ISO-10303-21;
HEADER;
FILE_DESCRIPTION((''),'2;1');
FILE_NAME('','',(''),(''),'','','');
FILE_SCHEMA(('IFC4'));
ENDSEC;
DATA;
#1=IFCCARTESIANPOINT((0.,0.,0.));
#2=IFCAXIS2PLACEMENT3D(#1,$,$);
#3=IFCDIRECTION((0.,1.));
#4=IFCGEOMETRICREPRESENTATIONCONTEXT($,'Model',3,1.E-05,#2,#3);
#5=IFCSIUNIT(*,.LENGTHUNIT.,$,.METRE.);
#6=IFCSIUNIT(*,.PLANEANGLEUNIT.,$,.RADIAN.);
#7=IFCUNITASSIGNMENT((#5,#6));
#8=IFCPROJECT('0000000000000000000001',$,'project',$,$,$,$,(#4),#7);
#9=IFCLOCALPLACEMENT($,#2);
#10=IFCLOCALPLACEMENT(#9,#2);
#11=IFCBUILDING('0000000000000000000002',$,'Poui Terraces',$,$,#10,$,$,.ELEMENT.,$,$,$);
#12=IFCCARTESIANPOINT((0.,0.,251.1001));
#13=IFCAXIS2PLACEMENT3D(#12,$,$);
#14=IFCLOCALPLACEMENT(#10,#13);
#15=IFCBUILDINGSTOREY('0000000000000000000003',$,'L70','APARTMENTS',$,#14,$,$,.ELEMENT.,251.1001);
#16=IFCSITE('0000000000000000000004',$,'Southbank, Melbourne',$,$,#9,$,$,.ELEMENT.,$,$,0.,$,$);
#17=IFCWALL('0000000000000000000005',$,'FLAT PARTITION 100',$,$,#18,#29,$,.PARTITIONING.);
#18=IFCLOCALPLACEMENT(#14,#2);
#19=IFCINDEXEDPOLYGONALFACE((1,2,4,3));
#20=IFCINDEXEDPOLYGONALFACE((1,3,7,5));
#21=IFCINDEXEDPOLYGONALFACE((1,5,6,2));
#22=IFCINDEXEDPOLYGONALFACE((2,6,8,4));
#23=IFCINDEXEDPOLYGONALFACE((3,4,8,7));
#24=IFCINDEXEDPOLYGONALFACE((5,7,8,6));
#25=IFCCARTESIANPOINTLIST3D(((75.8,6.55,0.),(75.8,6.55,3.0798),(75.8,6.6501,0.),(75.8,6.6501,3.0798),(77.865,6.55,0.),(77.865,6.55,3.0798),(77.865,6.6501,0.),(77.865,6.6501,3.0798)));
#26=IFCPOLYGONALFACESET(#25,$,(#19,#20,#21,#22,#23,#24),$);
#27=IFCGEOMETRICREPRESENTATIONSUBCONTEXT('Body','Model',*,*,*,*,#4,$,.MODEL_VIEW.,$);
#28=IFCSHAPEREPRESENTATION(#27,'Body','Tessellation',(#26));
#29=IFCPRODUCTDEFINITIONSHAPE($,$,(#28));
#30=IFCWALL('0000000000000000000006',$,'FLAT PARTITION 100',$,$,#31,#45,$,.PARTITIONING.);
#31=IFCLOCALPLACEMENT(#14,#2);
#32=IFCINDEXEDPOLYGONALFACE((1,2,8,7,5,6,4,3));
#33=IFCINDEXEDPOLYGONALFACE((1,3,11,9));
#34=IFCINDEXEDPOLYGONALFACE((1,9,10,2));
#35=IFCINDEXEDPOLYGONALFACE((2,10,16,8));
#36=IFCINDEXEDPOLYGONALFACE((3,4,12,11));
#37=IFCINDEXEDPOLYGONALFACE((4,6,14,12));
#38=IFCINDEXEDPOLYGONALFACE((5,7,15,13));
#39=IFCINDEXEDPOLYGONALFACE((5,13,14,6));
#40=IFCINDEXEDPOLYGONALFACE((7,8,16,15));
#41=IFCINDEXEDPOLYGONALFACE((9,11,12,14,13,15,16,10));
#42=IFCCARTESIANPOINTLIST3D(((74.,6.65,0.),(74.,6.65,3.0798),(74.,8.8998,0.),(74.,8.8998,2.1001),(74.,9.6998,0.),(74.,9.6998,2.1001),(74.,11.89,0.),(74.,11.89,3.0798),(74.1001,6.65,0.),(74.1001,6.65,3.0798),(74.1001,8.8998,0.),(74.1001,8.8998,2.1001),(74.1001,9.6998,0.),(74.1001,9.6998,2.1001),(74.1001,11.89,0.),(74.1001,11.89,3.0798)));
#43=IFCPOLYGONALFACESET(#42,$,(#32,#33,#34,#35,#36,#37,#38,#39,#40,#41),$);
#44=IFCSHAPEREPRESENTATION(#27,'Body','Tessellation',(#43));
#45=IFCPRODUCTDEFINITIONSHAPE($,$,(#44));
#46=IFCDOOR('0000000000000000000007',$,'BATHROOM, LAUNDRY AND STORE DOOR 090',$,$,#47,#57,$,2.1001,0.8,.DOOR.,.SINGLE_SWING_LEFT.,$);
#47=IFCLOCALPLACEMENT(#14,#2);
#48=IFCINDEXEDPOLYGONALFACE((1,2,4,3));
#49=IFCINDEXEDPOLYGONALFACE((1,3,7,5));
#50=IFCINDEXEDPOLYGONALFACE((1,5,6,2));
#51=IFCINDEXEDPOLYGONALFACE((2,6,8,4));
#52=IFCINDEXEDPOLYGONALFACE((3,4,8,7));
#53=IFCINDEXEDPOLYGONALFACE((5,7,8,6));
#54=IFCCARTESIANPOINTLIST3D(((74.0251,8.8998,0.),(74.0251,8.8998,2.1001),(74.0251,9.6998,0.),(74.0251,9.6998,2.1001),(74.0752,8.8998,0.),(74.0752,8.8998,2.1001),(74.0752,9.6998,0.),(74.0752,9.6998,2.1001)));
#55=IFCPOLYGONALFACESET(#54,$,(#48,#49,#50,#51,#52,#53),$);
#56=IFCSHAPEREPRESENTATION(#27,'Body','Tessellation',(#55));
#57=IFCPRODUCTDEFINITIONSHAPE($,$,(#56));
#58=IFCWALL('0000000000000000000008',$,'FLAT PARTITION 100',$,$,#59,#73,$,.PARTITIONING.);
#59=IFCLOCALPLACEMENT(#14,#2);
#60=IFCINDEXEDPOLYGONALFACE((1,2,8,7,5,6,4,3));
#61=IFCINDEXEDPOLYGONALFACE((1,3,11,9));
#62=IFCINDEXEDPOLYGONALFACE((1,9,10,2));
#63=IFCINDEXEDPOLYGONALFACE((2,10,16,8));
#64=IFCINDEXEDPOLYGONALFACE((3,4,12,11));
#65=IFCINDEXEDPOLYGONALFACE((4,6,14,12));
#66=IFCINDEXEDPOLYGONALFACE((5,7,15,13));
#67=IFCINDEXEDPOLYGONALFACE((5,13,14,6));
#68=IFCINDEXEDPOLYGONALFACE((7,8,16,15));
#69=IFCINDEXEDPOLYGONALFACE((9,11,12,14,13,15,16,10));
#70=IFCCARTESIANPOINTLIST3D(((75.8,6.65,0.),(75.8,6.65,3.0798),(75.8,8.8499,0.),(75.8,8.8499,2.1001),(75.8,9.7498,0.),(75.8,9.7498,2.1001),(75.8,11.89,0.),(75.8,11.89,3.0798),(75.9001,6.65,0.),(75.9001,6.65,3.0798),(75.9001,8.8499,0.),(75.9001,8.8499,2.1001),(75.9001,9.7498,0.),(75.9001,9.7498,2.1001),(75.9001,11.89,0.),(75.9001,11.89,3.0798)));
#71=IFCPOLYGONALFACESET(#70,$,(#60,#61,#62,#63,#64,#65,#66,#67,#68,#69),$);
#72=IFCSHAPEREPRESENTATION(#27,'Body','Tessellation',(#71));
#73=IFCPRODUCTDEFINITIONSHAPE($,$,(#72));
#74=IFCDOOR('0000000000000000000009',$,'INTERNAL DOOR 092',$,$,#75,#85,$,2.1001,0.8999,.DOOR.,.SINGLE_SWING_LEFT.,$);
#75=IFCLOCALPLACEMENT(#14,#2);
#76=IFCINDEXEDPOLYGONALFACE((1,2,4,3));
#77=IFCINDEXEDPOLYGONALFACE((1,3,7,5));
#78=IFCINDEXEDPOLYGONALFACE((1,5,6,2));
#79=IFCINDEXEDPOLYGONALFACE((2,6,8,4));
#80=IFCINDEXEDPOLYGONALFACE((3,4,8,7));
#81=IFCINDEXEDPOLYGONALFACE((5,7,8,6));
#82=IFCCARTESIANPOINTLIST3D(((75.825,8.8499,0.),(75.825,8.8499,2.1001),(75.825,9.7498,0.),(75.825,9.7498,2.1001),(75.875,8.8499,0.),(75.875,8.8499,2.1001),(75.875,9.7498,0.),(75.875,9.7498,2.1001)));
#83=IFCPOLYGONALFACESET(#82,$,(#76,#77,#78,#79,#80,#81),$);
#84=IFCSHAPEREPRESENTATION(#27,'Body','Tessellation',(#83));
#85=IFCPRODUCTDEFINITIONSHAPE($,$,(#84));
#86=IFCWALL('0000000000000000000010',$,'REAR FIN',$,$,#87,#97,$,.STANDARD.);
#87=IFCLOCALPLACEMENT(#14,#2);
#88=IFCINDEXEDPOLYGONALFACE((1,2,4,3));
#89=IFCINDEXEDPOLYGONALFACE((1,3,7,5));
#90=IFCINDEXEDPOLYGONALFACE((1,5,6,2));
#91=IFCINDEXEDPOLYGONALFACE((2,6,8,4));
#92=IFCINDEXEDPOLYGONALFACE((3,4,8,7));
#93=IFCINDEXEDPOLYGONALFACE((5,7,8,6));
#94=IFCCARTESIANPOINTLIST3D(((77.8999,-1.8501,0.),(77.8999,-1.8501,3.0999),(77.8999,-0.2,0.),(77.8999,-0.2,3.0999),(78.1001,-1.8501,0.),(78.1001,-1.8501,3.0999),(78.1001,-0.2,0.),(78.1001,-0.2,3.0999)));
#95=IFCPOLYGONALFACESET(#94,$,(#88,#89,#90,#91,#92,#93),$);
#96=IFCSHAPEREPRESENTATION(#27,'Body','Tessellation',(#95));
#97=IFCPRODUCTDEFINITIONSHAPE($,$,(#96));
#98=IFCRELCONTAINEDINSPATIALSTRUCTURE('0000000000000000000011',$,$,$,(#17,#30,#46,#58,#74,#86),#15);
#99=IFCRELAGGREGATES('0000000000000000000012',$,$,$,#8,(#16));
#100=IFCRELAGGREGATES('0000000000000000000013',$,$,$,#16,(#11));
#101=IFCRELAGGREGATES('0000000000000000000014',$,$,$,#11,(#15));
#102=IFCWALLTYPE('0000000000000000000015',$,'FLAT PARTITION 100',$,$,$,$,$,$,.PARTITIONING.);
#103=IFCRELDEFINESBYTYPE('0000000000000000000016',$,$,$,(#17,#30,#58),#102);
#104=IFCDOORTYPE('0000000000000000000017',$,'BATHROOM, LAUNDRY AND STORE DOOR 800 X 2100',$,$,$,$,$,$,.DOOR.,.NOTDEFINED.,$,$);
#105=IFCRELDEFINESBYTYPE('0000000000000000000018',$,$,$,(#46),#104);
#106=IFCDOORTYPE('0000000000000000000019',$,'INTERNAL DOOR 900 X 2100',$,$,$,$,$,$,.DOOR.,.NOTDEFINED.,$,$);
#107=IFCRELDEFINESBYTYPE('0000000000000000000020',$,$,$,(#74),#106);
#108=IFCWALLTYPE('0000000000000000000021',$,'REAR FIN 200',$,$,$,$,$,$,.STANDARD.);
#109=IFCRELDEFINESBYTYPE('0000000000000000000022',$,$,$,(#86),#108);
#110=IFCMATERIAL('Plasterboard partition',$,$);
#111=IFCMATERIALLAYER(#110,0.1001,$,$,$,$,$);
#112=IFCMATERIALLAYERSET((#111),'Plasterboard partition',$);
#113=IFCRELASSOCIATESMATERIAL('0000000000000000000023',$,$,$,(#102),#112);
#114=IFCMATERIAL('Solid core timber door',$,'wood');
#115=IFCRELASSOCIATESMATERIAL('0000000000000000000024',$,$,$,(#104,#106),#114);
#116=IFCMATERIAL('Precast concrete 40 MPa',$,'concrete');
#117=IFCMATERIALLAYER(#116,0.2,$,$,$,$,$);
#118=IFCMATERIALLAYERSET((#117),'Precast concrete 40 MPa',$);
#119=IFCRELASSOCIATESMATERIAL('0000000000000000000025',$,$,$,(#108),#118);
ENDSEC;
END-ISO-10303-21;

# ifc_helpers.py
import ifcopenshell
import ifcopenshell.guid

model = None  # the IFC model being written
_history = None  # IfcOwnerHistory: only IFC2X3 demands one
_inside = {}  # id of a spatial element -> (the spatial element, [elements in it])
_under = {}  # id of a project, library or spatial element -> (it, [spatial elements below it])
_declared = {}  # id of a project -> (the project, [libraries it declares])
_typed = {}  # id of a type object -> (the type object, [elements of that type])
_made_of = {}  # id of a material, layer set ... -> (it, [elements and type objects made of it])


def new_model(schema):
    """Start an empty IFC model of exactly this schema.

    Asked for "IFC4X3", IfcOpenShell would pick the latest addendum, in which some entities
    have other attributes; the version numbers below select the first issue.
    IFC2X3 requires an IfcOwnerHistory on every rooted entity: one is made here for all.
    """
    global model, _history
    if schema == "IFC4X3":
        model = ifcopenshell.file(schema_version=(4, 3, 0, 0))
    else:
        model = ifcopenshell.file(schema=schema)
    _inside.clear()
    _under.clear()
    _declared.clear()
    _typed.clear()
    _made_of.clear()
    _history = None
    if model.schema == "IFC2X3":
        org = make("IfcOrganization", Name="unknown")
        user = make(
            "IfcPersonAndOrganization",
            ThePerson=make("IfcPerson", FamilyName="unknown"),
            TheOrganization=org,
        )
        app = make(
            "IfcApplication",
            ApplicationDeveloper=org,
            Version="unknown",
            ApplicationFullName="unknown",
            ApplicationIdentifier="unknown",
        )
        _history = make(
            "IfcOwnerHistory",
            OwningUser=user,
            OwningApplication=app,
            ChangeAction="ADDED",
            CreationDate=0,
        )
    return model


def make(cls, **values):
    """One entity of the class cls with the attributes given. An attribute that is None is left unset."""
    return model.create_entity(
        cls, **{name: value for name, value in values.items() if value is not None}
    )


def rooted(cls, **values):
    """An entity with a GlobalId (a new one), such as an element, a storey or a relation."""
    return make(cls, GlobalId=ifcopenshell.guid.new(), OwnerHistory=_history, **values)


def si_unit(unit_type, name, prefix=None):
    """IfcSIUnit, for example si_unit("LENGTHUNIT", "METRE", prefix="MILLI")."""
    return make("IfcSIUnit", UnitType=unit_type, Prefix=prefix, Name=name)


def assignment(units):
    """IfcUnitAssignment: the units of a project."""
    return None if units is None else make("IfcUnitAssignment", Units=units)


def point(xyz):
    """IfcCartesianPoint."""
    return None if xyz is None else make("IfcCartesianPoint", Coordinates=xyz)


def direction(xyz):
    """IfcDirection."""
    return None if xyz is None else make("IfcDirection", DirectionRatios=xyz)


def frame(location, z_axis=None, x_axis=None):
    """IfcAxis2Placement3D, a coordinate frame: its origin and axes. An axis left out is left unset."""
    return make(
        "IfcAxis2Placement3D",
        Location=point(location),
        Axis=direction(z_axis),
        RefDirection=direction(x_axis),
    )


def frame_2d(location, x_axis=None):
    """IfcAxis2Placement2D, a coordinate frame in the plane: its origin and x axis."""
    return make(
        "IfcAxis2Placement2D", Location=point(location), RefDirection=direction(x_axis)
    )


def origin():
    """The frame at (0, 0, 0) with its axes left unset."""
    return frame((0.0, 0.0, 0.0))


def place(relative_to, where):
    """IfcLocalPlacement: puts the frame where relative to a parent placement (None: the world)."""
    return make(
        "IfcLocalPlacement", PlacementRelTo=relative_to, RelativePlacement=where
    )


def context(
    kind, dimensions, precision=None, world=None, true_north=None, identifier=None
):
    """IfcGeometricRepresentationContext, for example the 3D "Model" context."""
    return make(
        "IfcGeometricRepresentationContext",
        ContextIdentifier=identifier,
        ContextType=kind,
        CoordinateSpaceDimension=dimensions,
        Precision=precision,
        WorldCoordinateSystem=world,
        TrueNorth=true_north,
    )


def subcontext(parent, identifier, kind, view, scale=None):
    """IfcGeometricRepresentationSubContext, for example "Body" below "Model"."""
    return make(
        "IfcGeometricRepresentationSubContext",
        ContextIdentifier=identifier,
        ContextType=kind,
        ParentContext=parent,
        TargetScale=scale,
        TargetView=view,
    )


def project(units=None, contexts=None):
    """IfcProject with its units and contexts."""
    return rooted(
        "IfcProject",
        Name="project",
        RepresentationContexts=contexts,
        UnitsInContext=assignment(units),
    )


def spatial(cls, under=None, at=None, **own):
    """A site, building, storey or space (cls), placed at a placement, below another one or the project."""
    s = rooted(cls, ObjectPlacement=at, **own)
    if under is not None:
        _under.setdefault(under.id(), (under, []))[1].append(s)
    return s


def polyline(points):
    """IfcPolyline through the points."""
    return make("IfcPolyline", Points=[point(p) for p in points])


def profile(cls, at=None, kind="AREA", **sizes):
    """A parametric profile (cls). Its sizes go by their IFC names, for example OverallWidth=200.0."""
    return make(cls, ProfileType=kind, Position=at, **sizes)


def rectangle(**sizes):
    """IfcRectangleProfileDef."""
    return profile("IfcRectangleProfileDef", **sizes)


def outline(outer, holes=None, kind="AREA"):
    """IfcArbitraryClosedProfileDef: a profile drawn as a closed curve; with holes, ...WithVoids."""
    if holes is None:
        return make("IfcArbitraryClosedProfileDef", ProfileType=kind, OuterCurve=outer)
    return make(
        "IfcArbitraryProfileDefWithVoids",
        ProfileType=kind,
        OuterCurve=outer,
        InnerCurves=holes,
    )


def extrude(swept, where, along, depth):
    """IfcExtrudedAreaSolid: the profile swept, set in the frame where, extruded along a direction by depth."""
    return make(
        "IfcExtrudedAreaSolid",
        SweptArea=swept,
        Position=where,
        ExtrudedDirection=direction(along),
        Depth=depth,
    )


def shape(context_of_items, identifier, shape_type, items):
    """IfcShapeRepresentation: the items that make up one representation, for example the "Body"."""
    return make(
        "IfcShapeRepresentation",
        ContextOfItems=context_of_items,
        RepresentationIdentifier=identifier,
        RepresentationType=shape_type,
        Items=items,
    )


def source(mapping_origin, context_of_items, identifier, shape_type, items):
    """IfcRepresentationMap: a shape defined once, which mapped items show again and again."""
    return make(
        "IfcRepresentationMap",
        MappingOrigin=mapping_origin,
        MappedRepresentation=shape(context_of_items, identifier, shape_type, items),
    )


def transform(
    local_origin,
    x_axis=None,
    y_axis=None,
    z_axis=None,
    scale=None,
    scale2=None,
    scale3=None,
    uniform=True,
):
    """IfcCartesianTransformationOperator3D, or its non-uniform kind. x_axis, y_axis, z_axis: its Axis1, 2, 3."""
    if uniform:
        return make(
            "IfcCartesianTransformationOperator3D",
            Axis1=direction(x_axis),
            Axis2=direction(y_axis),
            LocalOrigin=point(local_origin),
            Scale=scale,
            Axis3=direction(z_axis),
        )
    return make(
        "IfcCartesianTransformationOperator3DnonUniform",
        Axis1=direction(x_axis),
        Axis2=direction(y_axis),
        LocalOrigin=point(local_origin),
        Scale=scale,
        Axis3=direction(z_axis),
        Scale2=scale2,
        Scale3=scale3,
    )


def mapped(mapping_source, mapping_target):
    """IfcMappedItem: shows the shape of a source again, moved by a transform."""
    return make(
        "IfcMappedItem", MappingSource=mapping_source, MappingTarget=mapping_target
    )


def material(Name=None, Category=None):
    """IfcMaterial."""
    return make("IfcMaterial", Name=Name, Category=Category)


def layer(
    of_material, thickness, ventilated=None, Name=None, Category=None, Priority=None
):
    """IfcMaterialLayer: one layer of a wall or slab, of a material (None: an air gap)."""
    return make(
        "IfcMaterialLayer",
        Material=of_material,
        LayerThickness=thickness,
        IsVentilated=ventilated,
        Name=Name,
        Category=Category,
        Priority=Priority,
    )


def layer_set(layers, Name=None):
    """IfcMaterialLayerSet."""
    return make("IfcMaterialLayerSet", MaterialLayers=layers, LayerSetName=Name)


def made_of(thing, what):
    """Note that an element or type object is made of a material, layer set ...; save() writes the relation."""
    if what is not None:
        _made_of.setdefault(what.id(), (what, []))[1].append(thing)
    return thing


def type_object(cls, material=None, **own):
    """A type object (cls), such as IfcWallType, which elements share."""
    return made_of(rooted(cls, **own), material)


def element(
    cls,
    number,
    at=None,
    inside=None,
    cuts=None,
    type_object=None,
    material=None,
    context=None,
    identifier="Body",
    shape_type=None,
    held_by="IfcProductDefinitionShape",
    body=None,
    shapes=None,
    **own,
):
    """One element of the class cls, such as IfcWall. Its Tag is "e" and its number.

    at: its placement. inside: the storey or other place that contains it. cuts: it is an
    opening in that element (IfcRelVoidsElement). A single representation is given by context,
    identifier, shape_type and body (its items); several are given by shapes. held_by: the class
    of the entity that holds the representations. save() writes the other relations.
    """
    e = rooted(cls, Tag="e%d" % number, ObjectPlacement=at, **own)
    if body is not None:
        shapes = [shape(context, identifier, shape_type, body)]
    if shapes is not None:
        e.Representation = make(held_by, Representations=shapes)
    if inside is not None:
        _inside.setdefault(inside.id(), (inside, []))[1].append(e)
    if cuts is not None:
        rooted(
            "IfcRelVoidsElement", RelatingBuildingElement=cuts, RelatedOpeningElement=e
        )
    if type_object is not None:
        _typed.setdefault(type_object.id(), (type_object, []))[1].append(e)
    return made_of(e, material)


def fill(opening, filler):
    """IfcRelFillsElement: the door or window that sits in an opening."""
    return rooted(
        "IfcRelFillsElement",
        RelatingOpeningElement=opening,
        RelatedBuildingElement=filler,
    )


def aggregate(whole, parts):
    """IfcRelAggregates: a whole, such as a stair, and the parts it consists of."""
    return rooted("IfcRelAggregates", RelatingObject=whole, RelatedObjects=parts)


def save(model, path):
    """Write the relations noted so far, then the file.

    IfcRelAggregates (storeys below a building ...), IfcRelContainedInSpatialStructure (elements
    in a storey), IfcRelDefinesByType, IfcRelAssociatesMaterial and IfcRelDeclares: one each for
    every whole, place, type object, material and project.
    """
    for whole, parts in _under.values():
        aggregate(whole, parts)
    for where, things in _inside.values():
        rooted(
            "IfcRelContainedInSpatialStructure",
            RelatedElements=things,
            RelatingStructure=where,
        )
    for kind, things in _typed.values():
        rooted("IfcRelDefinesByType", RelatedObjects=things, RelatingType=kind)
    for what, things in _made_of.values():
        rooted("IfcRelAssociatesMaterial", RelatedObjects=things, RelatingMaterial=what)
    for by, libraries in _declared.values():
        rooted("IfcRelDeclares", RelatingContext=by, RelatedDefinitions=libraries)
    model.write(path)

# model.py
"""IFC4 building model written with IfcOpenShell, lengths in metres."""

from ifc_helpers import new_model, si_unit, direction, frame, frame_2d, origin, place, context, subcontext, project, spatial, polyline, rectangle, outline, extrude, source, transform, mapped, material, layer, layer_set, type_object, element, fill, save


model = new_model("IFC4")

# Units and contexts
model_context = context("Model", 3, precision=1e-05, world=origin(), true_north=direction((0.0, 1.0)))
body_context = subcontext(model_context, "Body", "Model", "MODEL_VIEW")
ifc_project = project(units=[si_unit("LENGTHUNIT", "METRE"), si_unit("PLANEANGLEUNIT", "RADIAN")], contexts=[model_context])

# Site, building, storey
site_placement = place(None, origin())
site = spatial("IfcSite", under=ifc_project, at=site_placement, Name="Southbank, Melbourne", CompositionType="ELEMENT", RefElevation=0.0)
building_placement = place(site_placement, origin())
building = spatial("IfcBuilding", under=site, at=building_placement, Name="Poui Terraces", CompositionType="ELEMENT")
storey_placement = place(building_placement, frame((0.0, 0.0, 251.1001)))
storey = spatial("IfcBuildingStorey", under=building, at=storey_placement, Name="L70", Description="APARTMENTS", CompositionType="ELEMENT", Elevation=251.1001)

# Wall
ifc_material_1 = material(Name="Plasterboard partition")
ifc_layer_1 = layer(ifc_material_1, 0.1001)
ifc_layer_set_1 = layer_set([ifc_layer_1], Name="Plasterboard partition")
wall_type_1 = type_object("IfcWallType", Name="FLAT PARTITION 100", PredefinedType="PARTITIONING", material=ifc_layer_set_1)
wall_1_placement = place(storey_placement, frame((75.8, 6.6001, 0.0), z_axis=(0.0, 0.0, 1.0), x_axis=(1.0, 0.0, 0.0)))
element("IfcWall", 1, at=wall_1_placement, inside=storey, type_object=wall_type_1, Name="FLAT PARTITION 100", PredefinedType="PARTITIONING", context=body_context, shape_type="SweptSolid", body=[
    extrude(rectangle(XDim=2.0649, YDim=0.1001, at=frame_2d((1.0325, 0.0))), origin(), (0.0, 0.0, 1.0), 3.0798),
])

# Walls, openings, doors
wall_2_placement = place(storey_placement, frame((74.05, 6.6499, 0.0), z_axis=(0.0, 0.0, 1.0), x_axis=(0.0, 1.0, 0.0)))
wall_2 = element("IfcWall", 2, at=wall_2_placement, inside=storey, type_object=wall_type_1, Name="FLAT PARTITION 100", PredefinedType="PARTITIONING", context=body_context, shape_type="SweptSolid", body=[
    extrude(rectangle(XDim=5.24, YDim=0.1001, at=frame_2d((2.6201, 0.0))), origin(), (0.0, 0.0, 1.0), 3.0798),
])
opening_1_placement = place(wall_2_placement, frame((2.25, 0.0, 0.0)))
opening_1 = element("IfcOpeningElement", 3, at=opening_1_placement, cuts=wall_2, PredefinedType="OPENING", context=body_context, shape_type="SweptSolid", body=[
    extrude(rectangle(XDim=0.8, YDim=2.1001, at=frame_2d((0.3999, 1.05))), frame((0.0, 0.0601, 0.0), z_axis=(0.0, -1.0, 0.0), x_axis=(1.0, 0.0, 0.0)), (0.0, 0.0, 1.0), 0.1201),
])
ifc_material_2 = material(Name="Solid core timber door", Category="wood")
door_type_1 = type_object("IfcDoorType", Name="BATHROOM, LAUNDRY AND STORE DOOR 800 X 2100", OperationType="NOTDEFINED", PredefinedType="DOOR", material=ifc_material_2)
door_1_placement = place(opening_1_placement, origin())
door_1 = element("IfcDoor", 4, at=door_1_placement, inside=storey, type_object=door_type_1, Name="BATHROOM, LAUNDRY AND STORE DOOR 090", OperationType="SINGLE_SWING_LEFT", OverallHeight=2.1001, OverallWidth=0.8, PredefinedType="DOOR", context=body_context, shape_type="SweptSolid", body=[
    extrude(rectangle(XDim=0.8, YDim=2.1001, at=frame_2d((0.3999, 1.05))), frame((0.0, 0.0249, 0.0), z_axis=(0.0, -1.0, 0.0), x_axis=(1.0, 0.0, 0.0)), (0.0, 0.0, 1.0), 0.05),
])
fill(opening_1, door_1)
wall_3_placement = place(storey_placement, frame((75.8501, 6.6499, 0.0), z_axis=(0.0, 0.0, 1.0), x_axis=(0.0, 1.0, 0.0)))
wall_3 = element("IfcWall", 5, at=wall_3_placement, inside=storey, type_object=wall_type_1, Name="FLAT PARTITION 100", PredefinedType="PARTITIONING", context=body_context, shape_type="SweptSolid", body=[
    extrude(rectangle(XDim=5.24, YDim=0.1001, at=frame_2d((2.6201, 0.0))), origin(), (0.0, 0.0, 1.0), 3.0798),
])
opening_2_placement = place(wall_3_placement, frame((2.2, 0.0, 0.0)))
opening_2 = element("IfcOpeningElement", 6, at=opening_2_placement, cuts=wall_3, PredefinedType="OPENING", context=body_context, shape_type="SweptSolid", body=[
    extrude(rectangle(XDim=0.8999, YDim=2.1001, at=frame_2d((0.45, 1.05))), frame((0.0, 0.0601, 0.0), z_axis=(0.0, -1.0, 0.0), x_axis=(1.0, 0.0, 0.0)), (0.0, 0.0, 1.0), 0.1201),
])
door_type_2 = type_object("IfcDoorType", Name="INTERNAL DOOR 900 X 2100", OperationType="NOTDEFINED", PredefinedType="DOOR", material=ifc_material_2)
door_2_placement = place(opening_2_placement, frame((0.8999, 0.0, 0.0), z_axis=(0.0, 0.0, 1.0), x_axis=(-1.0, 0.0, 0.0)))
door_2 = element("IfcDoor", 7, at=door_2_placement, inside=storey, type_object=door_type_2, Name="INTERNAL DOOR 092", OperationType="SINGLE_SWING_LEFT", OverallHeight=2.1001, OverallWidth=0.8999, PredefinedType="DOOR", context=body_context, shape_type="SweptSolid", body=[
    extrude(rectangle(XDim=0.8999, YDim=2.1001, at=frame_2d((0.45, 1.05))), frame((0.0, 0.0249, 0.0), z_axis=(0.0, -1.0, 0.0), x_axis=(1.0, 0.0, 0.0)), (0.0, 0.0, 1.0), 0.05),
])
fill(opening_2, door_2)

# Wall
ifc_material_3 = material(Name="Precast concrete 40 MPa", Category="concrete")
ifc_layer_2 = layer(ifc_material_3, 0.2)
ifc_layer_set_2 = layer_set([ifc_layer_2], Name="Precast concrete 40 MPa")
wall_type_2 = type_object("IfcWallType", Name="REAR FIN 200", PredefinedType="STANDARD", material=ifc_layer_set_2)
shared_shape_1 = source(origin(), body_context, "Body", "SweptSolid", [
    extrude(outline(polyline([(0.0, 0.0), (0.2002, 0.0), (0.2002, 1.6501), (0.0, 1.6501), (0.0, 0.0)])), origin(), (0.0, 0.0, 1.0), 3.0999),
])
wall_4_placement = place(storey_placement, frame((77.8999, -1.8501, 0.0)))
element("IfcWall", 8, at=wall_4_placement, inside=storey, type_object=wall_type_2, Name="REAR FIN", PredefinedType="STANDARD", context=body_context, shape_type="MappedRepresentation", body=[
    mapped(shared_shape_1, transform((0.0, 0.0, 0.0))),
])

save(model, "model.ifc")
